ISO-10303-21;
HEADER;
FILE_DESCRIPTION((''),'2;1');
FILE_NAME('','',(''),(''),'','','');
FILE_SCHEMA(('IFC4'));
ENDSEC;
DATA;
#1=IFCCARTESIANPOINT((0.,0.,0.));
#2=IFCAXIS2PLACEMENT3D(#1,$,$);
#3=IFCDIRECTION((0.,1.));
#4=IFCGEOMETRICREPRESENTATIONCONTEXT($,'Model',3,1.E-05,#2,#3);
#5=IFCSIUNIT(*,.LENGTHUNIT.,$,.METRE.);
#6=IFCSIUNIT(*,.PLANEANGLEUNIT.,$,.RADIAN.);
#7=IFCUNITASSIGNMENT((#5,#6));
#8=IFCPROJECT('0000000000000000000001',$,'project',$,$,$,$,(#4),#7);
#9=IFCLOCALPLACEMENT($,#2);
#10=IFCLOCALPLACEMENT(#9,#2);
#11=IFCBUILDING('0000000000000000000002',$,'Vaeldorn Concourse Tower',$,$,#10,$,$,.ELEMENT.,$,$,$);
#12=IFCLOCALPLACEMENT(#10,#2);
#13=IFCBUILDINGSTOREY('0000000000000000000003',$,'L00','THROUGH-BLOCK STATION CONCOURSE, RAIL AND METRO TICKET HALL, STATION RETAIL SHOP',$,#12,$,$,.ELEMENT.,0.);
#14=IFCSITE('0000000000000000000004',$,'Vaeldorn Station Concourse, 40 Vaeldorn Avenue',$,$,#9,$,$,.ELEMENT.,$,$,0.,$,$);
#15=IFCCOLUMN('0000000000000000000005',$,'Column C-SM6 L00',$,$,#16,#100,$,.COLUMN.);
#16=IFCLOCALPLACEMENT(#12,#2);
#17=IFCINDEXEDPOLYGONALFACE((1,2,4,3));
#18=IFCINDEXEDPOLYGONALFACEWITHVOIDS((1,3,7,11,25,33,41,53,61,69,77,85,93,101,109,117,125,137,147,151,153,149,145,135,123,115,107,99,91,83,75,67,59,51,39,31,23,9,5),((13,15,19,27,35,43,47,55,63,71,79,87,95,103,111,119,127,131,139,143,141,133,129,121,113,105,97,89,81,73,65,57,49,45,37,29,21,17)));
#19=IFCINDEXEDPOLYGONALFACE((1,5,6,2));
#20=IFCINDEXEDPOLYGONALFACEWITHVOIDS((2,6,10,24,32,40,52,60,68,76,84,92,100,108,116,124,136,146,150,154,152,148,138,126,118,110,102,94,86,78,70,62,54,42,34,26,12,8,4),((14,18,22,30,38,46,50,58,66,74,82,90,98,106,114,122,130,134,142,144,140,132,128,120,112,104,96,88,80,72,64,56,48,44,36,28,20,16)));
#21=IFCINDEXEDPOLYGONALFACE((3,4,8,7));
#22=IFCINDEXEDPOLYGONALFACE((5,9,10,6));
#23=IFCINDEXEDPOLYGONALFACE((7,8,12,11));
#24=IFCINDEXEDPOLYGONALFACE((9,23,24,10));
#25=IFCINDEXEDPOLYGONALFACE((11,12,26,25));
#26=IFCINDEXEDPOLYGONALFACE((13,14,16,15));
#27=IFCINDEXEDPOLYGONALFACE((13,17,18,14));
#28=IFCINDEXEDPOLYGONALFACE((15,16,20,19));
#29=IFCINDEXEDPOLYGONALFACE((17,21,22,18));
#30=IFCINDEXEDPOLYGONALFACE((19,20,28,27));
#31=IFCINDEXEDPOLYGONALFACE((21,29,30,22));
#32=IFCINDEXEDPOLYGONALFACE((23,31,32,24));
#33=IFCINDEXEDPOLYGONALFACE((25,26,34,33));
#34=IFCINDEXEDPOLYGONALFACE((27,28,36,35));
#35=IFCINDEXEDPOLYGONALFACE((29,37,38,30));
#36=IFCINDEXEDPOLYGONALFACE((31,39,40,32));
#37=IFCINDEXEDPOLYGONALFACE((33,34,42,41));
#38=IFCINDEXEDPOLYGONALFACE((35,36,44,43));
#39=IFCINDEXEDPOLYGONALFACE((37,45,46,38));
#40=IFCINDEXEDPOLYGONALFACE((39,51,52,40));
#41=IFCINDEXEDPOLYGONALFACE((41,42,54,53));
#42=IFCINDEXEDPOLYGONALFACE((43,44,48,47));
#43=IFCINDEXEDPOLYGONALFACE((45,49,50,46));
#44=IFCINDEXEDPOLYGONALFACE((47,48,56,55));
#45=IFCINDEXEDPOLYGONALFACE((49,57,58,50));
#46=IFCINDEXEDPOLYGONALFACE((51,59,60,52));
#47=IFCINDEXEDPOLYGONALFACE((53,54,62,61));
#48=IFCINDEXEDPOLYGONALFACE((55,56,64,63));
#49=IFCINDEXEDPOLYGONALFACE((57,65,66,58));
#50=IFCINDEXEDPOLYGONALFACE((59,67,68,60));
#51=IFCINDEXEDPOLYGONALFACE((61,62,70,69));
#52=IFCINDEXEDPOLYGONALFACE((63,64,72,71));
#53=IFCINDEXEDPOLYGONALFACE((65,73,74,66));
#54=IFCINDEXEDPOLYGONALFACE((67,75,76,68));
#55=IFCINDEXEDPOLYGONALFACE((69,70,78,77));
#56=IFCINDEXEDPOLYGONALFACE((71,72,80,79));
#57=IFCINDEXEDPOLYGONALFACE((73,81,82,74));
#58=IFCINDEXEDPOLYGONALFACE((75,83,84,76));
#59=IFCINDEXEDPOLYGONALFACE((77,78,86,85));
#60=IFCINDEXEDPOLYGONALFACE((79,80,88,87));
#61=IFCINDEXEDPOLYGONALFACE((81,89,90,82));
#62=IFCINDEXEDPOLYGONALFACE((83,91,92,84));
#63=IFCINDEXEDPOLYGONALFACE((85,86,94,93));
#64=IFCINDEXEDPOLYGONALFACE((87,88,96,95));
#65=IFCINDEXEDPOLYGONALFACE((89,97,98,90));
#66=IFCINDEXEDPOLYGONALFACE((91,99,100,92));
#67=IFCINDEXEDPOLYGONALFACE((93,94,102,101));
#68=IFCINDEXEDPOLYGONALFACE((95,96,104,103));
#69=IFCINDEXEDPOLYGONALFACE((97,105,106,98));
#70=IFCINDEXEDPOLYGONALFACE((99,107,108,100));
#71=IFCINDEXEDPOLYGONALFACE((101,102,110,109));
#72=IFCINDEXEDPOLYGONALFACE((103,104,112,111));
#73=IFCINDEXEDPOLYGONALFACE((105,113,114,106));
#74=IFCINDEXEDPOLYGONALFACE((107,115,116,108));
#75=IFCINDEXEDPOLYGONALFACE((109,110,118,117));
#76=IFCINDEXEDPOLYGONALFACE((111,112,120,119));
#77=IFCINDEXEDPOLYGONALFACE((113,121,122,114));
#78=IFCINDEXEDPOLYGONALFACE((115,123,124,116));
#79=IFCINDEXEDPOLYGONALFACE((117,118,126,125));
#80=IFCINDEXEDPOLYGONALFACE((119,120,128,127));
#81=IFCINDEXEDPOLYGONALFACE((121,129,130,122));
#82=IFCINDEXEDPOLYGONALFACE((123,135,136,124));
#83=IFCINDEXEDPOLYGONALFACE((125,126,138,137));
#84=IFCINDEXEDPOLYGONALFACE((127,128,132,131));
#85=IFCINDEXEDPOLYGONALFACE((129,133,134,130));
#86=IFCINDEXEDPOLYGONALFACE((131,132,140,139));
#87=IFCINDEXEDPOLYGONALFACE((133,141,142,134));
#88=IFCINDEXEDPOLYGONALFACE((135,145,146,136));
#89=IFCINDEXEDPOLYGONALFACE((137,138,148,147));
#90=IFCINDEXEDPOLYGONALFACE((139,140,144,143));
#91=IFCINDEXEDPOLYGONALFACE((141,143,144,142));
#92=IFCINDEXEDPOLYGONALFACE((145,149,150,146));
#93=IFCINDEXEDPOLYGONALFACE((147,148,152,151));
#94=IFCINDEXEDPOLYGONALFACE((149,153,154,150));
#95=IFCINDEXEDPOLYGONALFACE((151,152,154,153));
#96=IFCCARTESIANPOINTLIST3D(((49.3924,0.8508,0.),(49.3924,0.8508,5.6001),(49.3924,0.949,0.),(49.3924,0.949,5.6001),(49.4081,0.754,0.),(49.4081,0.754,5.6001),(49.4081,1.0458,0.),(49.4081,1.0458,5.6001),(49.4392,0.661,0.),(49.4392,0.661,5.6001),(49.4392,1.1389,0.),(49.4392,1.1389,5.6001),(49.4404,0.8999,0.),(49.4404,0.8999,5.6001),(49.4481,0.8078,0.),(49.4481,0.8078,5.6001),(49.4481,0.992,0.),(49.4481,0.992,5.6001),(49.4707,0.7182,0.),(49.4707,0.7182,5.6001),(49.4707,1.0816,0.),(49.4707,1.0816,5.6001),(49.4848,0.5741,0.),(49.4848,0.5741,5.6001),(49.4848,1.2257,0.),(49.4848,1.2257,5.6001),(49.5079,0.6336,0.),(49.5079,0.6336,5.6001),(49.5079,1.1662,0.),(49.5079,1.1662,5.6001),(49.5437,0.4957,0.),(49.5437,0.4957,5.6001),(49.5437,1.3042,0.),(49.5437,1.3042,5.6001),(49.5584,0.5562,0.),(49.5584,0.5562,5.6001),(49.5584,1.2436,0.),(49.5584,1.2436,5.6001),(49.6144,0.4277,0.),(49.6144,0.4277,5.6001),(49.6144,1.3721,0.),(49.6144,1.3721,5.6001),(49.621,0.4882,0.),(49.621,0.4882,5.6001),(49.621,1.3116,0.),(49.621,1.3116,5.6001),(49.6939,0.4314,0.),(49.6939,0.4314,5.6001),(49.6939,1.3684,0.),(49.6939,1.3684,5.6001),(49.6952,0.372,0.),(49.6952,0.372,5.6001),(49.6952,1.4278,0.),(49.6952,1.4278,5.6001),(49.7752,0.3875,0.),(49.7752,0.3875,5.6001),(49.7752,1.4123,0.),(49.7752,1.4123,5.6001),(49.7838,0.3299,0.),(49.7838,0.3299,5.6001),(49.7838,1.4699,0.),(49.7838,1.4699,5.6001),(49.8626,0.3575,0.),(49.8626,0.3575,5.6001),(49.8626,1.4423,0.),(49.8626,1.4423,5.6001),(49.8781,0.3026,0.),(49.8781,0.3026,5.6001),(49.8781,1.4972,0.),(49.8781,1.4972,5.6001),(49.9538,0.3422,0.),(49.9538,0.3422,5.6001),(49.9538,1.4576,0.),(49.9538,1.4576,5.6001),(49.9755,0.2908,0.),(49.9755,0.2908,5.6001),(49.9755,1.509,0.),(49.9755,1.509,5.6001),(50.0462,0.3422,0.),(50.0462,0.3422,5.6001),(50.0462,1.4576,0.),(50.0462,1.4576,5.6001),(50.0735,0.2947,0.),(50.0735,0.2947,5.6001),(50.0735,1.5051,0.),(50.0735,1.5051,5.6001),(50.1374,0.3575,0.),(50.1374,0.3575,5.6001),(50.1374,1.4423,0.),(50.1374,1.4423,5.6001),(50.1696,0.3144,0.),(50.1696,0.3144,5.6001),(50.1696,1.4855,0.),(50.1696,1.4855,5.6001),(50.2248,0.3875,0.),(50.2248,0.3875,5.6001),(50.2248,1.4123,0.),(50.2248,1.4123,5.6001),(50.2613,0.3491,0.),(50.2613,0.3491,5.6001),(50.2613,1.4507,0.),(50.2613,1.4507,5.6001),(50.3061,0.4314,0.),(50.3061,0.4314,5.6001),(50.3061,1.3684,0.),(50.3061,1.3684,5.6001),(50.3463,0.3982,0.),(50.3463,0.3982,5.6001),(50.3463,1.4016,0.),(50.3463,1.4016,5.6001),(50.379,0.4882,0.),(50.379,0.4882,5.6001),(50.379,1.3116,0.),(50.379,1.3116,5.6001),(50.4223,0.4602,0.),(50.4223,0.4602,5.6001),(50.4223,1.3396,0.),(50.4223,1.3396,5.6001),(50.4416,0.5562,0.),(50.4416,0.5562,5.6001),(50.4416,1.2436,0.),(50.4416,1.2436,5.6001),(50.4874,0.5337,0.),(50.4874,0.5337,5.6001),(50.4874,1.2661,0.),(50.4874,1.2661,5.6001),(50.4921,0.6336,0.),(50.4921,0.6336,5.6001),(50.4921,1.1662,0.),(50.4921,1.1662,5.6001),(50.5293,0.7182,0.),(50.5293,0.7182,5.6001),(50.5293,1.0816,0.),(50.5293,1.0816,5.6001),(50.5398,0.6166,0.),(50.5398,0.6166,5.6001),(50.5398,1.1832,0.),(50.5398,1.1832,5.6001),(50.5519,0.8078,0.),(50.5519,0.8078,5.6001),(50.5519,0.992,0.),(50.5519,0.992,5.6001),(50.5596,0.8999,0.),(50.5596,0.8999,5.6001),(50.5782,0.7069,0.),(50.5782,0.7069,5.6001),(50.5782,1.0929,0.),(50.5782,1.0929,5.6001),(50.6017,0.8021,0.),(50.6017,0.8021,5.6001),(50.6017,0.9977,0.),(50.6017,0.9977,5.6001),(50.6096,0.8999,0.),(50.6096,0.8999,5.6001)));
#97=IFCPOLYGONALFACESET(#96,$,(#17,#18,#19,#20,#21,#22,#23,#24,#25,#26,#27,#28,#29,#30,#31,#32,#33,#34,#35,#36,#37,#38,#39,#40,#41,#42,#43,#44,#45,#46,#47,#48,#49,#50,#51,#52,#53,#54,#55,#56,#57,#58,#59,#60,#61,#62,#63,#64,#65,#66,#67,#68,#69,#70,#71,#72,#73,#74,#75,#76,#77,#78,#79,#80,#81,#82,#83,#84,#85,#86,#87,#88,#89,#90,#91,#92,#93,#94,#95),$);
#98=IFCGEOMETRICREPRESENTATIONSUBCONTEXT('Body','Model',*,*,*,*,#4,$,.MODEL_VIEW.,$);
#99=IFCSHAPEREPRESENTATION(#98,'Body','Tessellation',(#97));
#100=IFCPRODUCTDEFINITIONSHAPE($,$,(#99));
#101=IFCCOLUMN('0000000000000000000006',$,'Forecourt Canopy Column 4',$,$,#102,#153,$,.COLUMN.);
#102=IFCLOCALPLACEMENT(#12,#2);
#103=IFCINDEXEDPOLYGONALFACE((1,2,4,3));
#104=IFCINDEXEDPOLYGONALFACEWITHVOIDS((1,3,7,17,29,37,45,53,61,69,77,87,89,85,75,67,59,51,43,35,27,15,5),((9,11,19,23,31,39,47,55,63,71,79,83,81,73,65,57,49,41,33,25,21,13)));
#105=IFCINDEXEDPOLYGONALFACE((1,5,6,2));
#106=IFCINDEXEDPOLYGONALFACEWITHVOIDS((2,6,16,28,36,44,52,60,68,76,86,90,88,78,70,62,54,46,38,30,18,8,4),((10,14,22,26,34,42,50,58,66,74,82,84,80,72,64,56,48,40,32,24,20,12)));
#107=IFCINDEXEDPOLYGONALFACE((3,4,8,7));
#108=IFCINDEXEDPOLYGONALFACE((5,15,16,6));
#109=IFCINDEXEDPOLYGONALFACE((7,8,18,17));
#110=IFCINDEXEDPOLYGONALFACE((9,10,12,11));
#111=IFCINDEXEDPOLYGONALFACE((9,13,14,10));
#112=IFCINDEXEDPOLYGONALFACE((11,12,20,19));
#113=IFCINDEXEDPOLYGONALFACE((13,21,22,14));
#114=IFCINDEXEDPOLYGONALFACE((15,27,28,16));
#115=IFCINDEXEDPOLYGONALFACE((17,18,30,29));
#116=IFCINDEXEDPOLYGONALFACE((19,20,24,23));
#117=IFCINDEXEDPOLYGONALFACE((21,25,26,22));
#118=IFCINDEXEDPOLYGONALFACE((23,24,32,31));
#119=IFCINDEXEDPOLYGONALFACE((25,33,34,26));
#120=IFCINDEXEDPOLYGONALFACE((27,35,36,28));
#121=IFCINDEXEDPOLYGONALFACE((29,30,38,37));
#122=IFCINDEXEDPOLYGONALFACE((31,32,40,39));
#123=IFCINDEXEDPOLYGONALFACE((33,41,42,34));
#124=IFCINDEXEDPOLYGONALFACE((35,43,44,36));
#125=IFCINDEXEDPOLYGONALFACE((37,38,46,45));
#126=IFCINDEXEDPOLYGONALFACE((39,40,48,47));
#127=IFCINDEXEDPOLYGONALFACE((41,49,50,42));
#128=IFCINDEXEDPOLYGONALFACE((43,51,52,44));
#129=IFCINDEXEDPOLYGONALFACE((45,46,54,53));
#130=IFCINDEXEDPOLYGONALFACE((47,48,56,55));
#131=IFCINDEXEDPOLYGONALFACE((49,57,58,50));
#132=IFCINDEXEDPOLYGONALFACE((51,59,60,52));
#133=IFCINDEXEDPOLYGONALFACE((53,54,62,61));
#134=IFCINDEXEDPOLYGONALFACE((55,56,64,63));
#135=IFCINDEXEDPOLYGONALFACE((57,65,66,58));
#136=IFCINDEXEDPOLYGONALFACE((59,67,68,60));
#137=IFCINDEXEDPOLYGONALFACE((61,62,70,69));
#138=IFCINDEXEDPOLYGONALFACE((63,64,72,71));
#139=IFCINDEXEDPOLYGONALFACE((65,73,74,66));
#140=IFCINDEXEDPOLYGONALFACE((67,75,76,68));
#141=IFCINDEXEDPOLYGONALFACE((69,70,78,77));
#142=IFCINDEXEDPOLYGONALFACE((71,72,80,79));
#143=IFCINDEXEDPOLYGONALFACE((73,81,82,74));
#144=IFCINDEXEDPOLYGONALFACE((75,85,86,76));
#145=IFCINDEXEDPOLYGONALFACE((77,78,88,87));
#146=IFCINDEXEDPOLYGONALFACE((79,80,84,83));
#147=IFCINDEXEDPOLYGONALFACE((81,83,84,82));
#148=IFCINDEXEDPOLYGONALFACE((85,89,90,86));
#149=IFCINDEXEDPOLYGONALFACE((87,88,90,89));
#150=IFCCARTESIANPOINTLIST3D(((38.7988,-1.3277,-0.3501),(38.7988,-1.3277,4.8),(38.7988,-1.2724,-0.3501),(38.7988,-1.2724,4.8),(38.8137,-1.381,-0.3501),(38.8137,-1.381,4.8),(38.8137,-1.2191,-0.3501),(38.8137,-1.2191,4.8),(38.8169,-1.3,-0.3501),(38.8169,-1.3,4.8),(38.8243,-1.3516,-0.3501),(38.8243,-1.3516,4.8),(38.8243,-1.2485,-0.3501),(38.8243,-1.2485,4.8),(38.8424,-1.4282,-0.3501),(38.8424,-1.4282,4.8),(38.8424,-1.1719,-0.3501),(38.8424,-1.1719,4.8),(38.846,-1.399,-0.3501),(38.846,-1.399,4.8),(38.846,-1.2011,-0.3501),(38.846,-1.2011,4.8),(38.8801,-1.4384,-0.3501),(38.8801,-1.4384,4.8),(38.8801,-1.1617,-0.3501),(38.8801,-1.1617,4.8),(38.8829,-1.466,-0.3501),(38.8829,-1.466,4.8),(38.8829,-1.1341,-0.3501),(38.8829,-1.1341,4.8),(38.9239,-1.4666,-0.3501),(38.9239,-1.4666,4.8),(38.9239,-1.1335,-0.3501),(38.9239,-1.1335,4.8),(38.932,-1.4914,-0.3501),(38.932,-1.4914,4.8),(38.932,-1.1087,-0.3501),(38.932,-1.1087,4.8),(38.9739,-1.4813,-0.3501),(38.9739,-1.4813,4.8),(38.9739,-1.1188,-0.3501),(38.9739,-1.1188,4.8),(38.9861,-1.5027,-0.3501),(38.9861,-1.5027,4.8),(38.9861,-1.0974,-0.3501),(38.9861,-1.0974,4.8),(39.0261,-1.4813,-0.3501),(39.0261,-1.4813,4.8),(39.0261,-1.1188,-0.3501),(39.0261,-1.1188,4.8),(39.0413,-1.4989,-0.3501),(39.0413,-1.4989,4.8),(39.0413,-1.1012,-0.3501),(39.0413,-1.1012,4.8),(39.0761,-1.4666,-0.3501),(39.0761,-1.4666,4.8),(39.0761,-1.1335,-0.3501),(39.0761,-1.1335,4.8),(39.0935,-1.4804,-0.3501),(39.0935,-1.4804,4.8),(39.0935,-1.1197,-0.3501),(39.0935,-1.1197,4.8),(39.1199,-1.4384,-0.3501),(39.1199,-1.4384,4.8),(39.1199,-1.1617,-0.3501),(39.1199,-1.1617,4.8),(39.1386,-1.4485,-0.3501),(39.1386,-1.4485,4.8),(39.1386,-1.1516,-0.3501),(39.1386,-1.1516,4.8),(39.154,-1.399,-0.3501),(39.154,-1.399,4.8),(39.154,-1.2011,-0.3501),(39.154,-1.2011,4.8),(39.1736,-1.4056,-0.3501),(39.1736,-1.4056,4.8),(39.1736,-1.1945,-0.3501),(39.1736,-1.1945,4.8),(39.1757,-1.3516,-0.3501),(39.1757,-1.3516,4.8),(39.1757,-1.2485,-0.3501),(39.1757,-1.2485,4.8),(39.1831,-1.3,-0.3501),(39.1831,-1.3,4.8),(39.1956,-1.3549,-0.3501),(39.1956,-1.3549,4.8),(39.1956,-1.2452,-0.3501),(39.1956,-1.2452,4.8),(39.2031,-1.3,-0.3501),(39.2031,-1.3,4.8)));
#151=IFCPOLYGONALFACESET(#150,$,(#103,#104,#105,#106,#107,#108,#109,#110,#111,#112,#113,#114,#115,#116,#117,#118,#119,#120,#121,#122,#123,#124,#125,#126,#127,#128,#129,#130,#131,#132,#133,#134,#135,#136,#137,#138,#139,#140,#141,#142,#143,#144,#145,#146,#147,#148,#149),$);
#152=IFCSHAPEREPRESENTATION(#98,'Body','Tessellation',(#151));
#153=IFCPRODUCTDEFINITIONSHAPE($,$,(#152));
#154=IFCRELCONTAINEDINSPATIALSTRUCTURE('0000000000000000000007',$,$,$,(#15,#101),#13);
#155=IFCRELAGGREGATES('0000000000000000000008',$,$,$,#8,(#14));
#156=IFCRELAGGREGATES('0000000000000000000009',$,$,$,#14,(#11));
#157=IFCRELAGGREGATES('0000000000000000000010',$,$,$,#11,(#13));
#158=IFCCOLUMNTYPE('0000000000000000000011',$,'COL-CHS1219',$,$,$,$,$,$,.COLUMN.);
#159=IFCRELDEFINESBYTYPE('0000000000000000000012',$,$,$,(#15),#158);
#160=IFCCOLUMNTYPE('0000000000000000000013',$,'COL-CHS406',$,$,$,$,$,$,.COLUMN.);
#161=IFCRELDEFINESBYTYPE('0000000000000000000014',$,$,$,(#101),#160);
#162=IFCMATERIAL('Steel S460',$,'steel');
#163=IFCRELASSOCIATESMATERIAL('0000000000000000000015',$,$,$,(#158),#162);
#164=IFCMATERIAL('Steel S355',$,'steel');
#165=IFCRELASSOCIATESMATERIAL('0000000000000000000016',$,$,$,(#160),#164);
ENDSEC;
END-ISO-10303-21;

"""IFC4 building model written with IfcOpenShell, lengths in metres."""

from ifc_helpers import new_model, si_unit, direction, frame, origin, origin_2d, place, context, subcontext, project, spatial, hollow_circle, extrude, source, transform, mapped, material, material_profile, profile_set, type_object, element, save


model = new_model("IFC4")

# Units and contexts
model_context = context("Model", 3, precision=1e-05, world=origin(), true_north=direction((0.0, 1.0)))
body_context = subcontext(model_context, "Body", "Model", "MODEL_VIEW")
ifc_project = project(units=[si_unit("LENGTHUNIT", "METRE"), si_unit("PLANEANGLEUNIT", "RADIAN")], contexts=[model_context])

# Site, building, storey
site_placement = place(None, origin())
site = spatial("IfcSite", under=ifc_project, at=site_placement, Name="Vaeldorn Station Concourse, 40 Vaeldorn Avenue", CompositionType="ELEMENT", RefElevation=0.0)
building_placement = place(site_placement, origin())
building = spatial("IfcBuilding", under=site, at=building_placement, Name="Vaeldorn Concourse Tower", CompositionType="ELEMENT")
storey_placement = place(building_placement, origin())
storey = spatial("IfcBuildingStorey", under=building, at=storey_placement, Name="L00", Description="THROUGH-BLOCK STATION CONCOURSE, RAIL AND METRO TICKET HALL, STATION RETAIL SHOP", CompositionType="ELEMENT", Elevation=0.0)

# Columns
ifc_material_1 = material(Name="Steel S460", Category="steel")
ifc_material_profile_1 = material_profile(ifc_material_1, hollow_circle(Radius=0.6096, WallThickness=0.05, at=origin_2d()), Name="CHS 1219x50")
ifc_profile_set_1 = profile_set([ifc_material_profile_1], Name="Steel S460")
column_type_1 = type_object("IfcColumnType", Name="COL-CHS1219", PredefinedType="COLUMN", material=ifc_profile_set_1)
shared_shape_1 = source(origin(), body_context, "Body", "SweptSolid", [
    extrude(hollow_circle(Radius=0.6096, WallThickness=0.05, at=origin_2d()), origin(), (0.0, 0.0, 1.0), 5.6001),
])
for number, where, z_axis, x_axis, name in (
    (1, (50.0, 0.8999, 0.0), (0.0, 0.0, 1.0), (1.0, 0.0, 0.0), "Column C-SM6 L00"),
):
    element("IfcColumn", number, at=place(storey_placement, frame(where, z_axis=z_axis, x_axis=x_axis)), inside=storey, type_object=column_type_1, Name=name, PredefinedType="COLUMN", context=body_context, shape_type="MappedRepresentation", body=[
        mapped(shared_shape_1, transform((0.0, 0.0, 0.0), scale=1.0)),
    ])
ifc_material_2 = material(Name="Steel S355", Category="steel")
ifc_material_profile_2 = material_profile(ifc_material_2, hollow_circle(Radius=0.2031, WallThickness=0.02, at=origin_2d()), Name="CHS 406.4x20")
ifc_profile_set_2 = profile_set([ifc_material_profile_2], Name="Steel S355")
column_type_2 = type_object("IfcColumnType", Name="COL-CHS406", PredefinedType="COLUMN", material=ifc_profile_set_2)
shared_shape_2 = source(origin(), body_context, "Body", "SweptSolid", [
    extrude(hollow_circle(Radius=0.2031, WallThickness=0.02, at=origin_2d()), origin(), (0.0, 0.0, 1.0), 5.1501),
])
for number, where, z_axis, x_axis, name in (
    (2, (39.0, -1.3, -0.3501), (0.0, 0.0, 1.0), (1.0, 0.0, 0.0), "Forecourt Canopy Column 4"),
):
    element("IfcColumn", number, at=place(storey_placement, frame(where, z_axis=z_axis, x_axis=x_axis)), inside=storey, type_object=column_type_2, Name=name, PredefinedType="COLUMN", context=body_context, shape_type="MappedRepresentation", body=[
        mapped(shared_shape_2, transform((0.0, 0.0, 0.0), scale=1.0)),
    ])

save(model, "model.ifc")
